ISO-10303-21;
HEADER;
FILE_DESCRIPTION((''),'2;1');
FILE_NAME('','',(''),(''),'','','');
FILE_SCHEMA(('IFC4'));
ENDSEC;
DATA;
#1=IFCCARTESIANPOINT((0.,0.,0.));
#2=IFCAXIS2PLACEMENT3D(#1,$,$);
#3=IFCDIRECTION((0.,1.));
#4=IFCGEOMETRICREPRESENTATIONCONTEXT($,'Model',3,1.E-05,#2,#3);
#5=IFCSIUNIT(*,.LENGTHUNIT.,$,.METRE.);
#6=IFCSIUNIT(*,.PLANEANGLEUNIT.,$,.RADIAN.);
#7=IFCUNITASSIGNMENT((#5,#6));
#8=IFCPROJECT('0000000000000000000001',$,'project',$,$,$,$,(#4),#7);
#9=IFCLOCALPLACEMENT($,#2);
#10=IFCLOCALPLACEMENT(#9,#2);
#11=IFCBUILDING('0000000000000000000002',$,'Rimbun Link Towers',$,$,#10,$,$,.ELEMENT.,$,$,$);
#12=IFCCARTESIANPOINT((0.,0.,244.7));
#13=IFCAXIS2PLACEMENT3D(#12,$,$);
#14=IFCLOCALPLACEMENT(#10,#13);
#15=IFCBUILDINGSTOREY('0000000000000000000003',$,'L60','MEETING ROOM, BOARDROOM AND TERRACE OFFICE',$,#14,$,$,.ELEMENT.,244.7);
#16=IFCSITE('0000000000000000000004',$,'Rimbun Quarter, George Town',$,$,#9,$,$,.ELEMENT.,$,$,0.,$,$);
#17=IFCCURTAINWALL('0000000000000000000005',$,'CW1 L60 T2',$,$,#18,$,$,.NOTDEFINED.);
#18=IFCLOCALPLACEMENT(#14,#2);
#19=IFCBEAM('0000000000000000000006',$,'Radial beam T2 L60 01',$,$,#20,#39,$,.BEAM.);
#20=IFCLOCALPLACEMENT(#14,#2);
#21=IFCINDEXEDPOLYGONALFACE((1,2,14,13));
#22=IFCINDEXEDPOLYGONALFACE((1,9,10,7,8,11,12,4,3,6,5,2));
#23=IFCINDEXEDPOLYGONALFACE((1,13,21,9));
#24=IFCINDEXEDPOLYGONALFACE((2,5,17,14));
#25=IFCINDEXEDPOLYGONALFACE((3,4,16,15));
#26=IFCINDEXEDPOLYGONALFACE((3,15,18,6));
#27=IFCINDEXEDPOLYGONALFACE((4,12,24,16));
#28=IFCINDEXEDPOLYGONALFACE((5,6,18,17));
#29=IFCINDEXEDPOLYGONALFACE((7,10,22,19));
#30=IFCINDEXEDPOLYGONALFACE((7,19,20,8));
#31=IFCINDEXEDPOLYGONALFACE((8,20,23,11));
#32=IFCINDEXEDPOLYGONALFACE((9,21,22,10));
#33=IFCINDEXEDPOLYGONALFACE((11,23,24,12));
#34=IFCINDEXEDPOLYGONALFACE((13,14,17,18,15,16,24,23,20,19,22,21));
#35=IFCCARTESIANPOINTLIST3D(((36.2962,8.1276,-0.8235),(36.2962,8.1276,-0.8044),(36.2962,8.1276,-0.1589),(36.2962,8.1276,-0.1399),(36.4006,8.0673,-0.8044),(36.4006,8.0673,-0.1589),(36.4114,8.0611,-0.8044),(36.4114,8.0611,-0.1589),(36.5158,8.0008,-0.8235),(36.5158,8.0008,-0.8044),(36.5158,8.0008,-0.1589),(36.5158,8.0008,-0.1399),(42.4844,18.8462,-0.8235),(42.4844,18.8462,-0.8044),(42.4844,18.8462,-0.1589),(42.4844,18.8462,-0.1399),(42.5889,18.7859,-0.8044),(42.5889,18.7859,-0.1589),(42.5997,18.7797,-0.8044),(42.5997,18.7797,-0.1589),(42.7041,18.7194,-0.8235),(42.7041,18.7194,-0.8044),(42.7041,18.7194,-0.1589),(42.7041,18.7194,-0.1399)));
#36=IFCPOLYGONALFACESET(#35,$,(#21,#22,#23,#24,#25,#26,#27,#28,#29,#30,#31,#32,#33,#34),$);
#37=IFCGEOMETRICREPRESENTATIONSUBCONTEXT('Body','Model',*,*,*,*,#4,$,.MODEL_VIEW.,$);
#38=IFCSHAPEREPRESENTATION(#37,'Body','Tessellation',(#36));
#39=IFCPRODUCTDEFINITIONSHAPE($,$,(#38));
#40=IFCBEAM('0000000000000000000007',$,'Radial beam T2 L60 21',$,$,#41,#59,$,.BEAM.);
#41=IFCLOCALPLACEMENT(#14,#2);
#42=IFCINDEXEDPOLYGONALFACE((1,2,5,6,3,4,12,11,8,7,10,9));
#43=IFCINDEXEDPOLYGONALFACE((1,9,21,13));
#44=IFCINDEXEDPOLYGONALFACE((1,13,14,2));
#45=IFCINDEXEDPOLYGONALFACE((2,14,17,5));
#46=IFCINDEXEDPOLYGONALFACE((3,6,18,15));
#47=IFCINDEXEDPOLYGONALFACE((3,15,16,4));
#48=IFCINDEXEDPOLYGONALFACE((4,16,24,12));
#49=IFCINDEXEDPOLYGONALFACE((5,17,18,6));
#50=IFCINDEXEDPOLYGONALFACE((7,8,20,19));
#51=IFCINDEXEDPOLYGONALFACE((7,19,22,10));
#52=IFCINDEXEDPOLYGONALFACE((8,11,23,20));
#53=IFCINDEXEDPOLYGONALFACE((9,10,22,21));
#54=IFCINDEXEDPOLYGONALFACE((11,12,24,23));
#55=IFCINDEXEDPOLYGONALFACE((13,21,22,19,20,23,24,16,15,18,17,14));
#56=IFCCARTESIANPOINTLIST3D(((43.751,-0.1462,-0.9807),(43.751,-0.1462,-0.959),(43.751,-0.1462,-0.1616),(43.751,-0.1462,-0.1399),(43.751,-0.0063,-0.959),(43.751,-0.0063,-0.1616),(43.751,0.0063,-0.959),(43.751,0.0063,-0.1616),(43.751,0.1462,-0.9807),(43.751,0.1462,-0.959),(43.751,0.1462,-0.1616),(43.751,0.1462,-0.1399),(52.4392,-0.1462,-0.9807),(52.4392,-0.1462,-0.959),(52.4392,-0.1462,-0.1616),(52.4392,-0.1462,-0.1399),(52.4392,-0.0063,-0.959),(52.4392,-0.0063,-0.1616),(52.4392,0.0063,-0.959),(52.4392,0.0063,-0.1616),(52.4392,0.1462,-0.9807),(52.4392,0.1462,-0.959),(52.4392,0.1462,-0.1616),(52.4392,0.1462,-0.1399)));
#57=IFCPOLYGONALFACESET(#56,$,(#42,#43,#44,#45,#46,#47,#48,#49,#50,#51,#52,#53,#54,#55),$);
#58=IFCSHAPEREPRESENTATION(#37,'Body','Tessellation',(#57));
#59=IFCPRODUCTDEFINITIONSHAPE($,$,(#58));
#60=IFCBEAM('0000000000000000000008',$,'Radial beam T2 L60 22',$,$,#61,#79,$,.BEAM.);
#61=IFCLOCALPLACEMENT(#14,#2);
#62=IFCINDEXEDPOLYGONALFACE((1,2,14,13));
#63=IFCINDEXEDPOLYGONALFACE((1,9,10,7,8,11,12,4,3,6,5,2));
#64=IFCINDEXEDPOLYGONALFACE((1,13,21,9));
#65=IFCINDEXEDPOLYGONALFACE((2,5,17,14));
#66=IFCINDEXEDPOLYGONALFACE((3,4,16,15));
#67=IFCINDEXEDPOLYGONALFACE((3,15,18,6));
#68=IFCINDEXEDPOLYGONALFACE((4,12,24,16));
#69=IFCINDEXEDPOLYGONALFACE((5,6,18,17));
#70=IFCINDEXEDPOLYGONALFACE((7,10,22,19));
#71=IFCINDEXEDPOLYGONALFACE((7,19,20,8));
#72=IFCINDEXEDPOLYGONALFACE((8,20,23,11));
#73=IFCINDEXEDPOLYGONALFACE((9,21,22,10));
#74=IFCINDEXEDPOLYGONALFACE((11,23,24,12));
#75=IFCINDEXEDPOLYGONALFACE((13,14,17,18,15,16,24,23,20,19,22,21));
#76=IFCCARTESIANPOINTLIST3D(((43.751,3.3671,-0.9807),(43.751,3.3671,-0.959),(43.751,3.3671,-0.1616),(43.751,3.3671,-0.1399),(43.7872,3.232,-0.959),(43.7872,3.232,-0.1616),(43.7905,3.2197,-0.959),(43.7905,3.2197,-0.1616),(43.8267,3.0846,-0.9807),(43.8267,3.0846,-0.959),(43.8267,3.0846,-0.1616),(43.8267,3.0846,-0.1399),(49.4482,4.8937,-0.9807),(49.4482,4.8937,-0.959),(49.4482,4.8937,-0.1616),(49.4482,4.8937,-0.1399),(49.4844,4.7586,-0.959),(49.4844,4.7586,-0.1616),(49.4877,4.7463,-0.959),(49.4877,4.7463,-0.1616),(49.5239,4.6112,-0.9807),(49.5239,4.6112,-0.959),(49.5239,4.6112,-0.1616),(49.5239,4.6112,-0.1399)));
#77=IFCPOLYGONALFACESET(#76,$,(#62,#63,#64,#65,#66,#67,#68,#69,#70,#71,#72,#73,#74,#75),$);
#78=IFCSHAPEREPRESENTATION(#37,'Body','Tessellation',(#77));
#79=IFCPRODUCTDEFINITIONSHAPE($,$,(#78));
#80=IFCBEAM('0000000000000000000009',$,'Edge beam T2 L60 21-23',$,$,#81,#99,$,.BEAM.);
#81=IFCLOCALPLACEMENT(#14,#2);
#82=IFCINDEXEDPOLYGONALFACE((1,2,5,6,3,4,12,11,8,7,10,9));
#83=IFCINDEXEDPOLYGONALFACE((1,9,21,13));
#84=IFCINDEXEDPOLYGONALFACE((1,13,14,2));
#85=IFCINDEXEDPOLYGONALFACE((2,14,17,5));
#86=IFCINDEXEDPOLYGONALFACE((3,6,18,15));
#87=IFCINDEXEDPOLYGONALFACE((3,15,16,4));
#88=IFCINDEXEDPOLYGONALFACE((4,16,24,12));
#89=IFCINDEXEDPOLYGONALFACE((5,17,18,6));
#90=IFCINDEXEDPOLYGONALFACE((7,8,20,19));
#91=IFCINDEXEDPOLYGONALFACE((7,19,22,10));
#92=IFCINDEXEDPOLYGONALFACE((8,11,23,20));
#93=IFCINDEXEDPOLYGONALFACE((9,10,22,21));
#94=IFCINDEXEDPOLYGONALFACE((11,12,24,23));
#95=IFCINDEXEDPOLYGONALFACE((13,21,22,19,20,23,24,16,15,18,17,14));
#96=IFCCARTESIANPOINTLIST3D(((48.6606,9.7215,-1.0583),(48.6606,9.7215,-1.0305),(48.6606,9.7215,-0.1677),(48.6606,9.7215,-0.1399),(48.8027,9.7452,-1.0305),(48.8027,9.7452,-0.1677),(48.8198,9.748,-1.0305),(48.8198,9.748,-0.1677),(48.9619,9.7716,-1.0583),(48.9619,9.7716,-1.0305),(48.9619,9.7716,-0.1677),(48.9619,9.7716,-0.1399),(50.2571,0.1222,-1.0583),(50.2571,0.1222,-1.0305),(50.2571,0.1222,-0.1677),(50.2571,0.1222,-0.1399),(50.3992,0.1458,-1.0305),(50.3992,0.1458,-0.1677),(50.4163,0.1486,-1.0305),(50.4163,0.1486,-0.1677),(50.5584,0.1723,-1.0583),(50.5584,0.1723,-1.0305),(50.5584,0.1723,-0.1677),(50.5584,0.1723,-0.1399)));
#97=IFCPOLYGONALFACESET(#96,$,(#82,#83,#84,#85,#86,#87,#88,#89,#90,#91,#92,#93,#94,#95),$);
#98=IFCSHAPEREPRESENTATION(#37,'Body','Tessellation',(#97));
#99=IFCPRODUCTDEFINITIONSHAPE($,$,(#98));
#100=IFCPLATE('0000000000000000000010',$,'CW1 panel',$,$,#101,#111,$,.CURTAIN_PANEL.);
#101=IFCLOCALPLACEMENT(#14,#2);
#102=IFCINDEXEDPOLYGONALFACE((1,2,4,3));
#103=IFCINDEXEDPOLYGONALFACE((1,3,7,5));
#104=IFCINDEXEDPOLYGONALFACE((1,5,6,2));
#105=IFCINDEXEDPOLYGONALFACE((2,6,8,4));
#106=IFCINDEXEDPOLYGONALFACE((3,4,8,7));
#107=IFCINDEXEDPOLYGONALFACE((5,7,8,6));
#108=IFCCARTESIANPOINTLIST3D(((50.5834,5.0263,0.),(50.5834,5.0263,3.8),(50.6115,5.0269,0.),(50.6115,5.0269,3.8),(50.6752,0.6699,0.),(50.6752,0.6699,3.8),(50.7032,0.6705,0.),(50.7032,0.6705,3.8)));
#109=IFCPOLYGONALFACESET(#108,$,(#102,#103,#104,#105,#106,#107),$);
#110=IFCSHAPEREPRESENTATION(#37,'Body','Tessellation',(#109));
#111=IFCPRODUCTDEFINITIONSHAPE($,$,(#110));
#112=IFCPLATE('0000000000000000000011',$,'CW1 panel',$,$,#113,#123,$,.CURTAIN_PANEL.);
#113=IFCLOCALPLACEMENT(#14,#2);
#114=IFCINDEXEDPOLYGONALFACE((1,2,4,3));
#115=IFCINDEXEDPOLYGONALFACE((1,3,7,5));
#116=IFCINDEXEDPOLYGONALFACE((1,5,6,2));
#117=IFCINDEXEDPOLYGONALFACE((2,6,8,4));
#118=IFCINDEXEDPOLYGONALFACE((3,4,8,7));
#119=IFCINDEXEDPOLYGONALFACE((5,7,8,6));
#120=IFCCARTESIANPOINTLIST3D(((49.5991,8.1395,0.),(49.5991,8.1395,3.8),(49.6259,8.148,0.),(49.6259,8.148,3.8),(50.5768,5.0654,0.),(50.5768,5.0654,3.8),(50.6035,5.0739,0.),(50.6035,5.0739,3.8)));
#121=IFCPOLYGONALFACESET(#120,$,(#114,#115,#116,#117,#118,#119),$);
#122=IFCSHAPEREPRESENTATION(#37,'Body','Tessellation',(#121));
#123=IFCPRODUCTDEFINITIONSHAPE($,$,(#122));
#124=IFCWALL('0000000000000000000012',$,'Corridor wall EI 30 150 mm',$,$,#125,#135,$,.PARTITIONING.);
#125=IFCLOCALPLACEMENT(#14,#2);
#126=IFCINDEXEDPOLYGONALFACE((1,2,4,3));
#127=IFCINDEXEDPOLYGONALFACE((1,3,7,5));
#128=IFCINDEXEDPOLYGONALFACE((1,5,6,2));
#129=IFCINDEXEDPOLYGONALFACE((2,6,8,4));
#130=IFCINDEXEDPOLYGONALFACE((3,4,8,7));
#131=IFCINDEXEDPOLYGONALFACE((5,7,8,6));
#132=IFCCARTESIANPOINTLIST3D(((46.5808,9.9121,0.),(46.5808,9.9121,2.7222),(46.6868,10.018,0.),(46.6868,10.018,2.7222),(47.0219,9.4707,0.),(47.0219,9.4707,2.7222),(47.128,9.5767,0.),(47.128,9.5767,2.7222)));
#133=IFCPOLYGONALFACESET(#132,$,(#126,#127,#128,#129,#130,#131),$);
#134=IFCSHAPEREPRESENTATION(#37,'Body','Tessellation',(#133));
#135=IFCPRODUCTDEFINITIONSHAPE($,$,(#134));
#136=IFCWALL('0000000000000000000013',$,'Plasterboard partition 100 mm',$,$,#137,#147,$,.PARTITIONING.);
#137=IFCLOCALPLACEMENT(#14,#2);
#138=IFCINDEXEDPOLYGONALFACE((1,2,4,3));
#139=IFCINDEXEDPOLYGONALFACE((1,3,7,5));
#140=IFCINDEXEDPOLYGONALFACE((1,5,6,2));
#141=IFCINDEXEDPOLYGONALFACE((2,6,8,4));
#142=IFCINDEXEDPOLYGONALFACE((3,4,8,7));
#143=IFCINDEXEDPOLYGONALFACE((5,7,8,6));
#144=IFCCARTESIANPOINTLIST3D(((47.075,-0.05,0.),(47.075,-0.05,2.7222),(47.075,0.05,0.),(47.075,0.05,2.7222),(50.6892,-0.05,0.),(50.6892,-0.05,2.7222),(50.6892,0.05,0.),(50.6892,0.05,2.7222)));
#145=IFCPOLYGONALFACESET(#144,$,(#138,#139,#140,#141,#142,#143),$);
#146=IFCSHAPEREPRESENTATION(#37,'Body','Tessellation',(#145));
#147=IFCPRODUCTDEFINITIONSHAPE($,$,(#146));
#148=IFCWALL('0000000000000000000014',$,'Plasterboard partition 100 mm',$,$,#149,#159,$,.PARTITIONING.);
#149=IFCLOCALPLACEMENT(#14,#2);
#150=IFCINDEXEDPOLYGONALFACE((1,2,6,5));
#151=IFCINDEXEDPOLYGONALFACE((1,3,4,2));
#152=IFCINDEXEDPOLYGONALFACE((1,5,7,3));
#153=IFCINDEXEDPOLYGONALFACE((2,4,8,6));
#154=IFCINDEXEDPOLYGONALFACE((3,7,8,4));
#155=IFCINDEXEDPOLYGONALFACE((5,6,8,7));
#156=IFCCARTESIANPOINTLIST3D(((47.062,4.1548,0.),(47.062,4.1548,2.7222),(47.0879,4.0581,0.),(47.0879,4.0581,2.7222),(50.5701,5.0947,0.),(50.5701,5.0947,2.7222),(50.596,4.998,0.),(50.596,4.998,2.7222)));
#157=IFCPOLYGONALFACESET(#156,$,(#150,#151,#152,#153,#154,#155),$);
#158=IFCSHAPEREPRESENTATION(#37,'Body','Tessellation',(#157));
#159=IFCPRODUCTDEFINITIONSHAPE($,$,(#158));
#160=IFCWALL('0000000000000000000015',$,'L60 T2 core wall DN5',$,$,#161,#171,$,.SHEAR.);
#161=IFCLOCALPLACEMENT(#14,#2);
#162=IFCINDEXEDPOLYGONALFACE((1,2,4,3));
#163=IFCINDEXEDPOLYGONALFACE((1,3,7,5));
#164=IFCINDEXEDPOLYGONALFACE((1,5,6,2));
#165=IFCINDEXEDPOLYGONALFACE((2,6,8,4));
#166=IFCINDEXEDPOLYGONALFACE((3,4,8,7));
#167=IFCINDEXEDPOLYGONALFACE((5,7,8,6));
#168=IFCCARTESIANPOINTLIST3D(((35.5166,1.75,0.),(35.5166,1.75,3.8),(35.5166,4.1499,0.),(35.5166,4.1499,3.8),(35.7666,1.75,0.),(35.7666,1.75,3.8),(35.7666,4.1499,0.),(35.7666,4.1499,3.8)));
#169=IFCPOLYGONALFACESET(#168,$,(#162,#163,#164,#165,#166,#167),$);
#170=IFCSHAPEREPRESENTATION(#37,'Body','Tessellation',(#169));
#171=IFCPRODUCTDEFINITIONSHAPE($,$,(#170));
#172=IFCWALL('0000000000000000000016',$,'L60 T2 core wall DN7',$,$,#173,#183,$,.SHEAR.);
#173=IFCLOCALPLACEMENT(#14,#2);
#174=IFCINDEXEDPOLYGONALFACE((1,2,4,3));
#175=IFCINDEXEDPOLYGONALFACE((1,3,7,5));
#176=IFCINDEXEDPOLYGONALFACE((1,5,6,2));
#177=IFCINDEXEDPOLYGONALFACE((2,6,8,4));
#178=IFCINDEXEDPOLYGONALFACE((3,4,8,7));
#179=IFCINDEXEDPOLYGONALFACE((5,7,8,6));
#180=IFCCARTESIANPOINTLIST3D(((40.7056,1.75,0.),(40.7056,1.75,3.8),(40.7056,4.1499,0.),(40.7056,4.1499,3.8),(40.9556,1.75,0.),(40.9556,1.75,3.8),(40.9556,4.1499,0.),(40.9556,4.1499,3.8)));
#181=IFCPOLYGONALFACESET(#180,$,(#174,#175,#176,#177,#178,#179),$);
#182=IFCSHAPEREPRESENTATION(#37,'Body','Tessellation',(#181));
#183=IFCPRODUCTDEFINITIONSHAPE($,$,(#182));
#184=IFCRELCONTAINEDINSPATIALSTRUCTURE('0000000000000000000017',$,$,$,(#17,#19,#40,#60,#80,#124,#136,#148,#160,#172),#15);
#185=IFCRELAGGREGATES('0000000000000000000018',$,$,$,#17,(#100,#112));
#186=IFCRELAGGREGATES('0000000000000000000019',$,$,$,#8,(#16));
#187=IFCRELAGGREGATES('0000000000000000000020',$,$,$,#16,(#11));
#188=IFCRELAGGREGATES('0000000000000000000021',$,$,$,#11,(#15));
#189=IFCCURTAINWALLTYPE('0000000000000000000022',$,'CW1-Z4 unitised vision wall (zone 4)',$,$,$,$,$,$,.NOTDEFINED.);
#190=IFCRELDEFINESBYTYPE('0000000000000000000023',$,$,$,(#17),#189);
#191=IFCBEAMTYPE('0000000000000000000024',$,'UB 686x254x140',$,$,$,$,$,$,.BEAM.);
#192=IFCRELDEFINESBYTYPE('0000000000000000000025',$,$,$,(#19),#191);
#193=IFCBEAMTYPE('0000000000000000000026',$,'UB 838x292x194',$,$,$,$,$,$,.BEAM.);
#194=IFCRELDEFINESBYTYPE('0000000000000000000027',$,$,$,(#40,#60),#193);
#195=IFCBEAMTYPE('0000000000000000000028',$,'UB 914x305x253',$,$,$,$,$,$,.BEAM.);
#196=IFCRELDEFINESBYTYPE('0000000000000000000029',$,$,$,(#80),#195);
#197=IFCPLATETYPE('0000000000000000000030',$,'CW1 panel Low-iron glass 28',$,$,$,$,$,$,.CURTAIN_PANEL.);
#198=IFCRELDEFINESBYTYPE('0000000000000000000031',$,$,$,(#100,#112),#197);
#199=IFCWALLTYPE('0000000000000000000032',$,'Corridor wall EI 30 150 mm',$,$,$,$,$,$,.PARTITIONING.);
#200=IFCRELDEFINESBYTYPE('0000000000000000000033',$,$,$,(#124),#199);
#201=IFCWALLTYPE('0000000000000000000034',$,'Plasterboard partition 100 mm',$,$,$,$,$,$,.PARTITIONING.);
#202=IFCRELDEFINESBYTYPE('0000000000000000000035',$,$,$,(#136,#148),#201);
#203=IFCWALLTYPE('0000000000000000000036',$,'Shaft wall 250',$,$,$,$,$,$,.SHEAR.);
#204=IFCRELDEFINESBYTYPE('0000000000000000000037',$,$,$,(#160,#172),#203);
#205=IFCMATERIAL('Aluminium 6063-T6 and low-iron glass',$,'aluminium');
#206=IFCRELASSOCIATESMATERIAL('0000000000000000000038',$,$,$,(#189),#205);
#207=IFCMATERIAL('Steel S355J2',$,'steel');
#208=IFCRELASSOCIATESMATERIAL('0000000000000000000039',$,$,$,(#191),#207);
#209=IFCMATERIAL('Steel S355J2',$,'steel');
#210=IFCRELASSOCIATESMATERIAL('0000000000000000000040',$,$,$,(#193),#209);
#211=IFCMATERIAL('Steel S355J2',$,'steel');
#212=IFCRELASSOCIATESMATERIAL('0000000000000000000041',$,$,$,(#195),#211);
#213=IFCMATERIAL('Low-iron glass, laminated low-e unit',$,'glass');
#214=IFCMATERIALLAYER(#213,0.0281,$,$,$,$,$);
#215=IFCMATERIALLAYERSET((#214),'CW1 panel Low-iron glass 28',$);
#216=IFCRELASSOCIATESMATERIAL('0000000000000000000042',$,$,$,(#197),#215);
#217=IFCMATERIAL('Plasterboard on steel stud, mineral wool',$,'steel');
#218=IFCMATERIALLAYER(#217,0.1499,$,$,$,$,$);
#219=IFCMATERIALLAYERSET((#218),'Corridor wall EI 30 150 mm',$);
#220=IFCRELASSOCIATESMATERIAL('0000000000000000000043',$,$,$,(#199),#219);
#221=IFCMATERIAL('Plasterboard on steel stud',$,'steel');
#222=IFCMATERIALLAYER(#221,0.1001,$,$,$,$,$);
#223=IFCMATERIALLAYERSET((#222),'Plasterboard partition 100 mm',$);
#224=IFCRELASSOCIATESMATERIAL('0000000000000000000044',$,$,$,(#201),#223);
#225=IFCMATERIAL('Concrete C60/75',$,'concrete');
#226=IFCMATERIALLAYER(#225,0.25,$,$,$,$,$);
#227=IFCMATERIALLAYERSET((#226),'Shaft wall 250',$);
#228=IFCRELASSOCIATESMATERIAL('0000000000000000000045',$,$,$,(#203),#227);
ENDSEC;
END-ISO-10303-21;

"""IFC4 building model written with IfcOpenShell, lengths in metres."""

from ifc_helpers import new_model, si_unit, direction, frame, frame_2d, origin, origin_2d, place, context, subcontext, project, spatial, rectangle, i_section, extrude, material, layer, layer_set, material_profile, profile_set, type_object, element, aggregate, save


model = new_model("IFC4")

# Units and contexts
model_context = context("Model", 3, precision=1e-05, world=origin(), true_north=direction((0.0, 1.0)))
body_context = subcontext(model_context, "Body", "Model", "MODEL_VIEW")
ifc_project = project(units=[si_unit("LENGTHUNIT", "METRE"), si_unit("PLANEANGLEUNIT", "RADIAN")], contexts=[model_context])

# Site, building, storey
site_placement = place(None, origin())
site = spatial("IfcSite", under=ifc_project, at=site_placement, Name="Rimbun Quarter, George Town", CompositionType="ELEMENT", RefElevation=0.0)
building_placement = place(site_placement, origin())
building = spatial("IfcBuilding", under=site, at=building_placement, Name="Rimbun Link Towers", CompositionType="ELEMENT")
storey_placement = place(building_placement, frame((0.0, 0.0, 244.7)))
storey = spatial("IfcBuildingStorey", under=building, at=storey_placement, Name="L60", Description="MEETING ROOM, BOARDROOM AND TERRACE OFFICE", CompositionType="ELEMENT", Elevation=244.7)

# Curtain wall
ifc_material_1 = material(Name="Aluminium 6063-T6 and low-iron glass", Category="aluminium")
curtain_wall_type = type_object("IfcCurtainWallType", Name="CW1-Z4 unitised vision wall (zone 4)", PredefinedType="NOTDEFINED", material=ifc_material_1)
curtain_wall_placement = place(storey_placement, origin())
curtain_wall = element("IfcCurtainWall", 1, at=curtain_wall_placement, inside=storey, type_object=curtain_wall_type, Name="CW1 L60 T2", PredefinedType="NOTDEFINED")

# Beams
ifc_material_2 = material(Name="Steel S355J2", Category="steel")
ifc_material_profile_1 = material_profile(ifc_material_2, i_section(OverallWidth=0.2537, OverallDepth=0.6836, WebThickness=0.0125, FlangeThickness=0.019, at=origin_2d()), Name="UB 686x254x140")
ifc_profile_set_1 = profile_set([ifc_material_profile_1], Name="Steel S355J2")
beam_type_1 = type_object("IfcBeamType", Name="UB 686x254x140", PredefinedType="BEAM", material=ifc_profile_set_1)
beam_1_placement = place(storey_placement, frame((36.406, 8.0642, -0.4817), z_axis=(0.499994, 0.866029, 0.0), x_axis=(-0.866029, 0.499994, 0.0)))
element("IfcBeam", 2, at=beam_1_placement, inside=storey, type_object=beam_type_1, Name="Radial beam T2 L60 01", PredefinedType="BEAM", context=body_context, shape_type="SweptSolid", body=[
    extrude(i_section(OverallWidth=0.2537, OverallDepth=0.6836, WebThickness=0.0125, FlangeThickness=0.019, at=origin_2d()), origin(), (0.0, 0.0, 1.0), 12.3767),
])
ifc_material_3 = material(Name="Steel S355J2", Category="steel")
ifc_material_profile_2 = material_profile(ifc_material_3, i_section(OverallWidth=0.2925, OverallDepth=0.8408, WebThickness=0.0127, FlangeThickness=0.0217, at=origin_2d()), Name="UB 838x292x194")
ifc_profile_set_2 = profile_set([ifc_material_profile_2], Name="Steel S355J2")
beam_type_2 = type_object("IfcBeamType", Name="UB 838x292x194", PredefinedType="BEAM", material=ifc_profile_set_2)
beam_2_placement = place(storey_placement, frame((43.751, 0.0, -0.5603), z_axis=(1.0, 0.0, 0.0), x_axis=(0.0, 1.0, 0.0)))
element("IfcBeam", 3, at=beam_2_placement, inside=storey, type_object=beam_type_2, Name="Radial beam T2 L60 21", PredefinedType="BEAM", context=body_context, shape_type="SweptSolid", body=[
    extrude(i_section(OverallWidth=0.2925, OverallDepth=0.8408, WebThickness=0.0127, FlangeThickness=0.0217, at=origin_2d()), origin(), (0.0, 0.0, 1.0), 8.6882),
])
beam_3_placement = place(storey_placement, frame((43.7888, 3.2258, -0.5603), z_axis=(0.965924, 0.258824, 0.0), x_axis=(-0.258824, 0.965924, 0.0)))
element("IfcBeam", 4, at=beam_3_placement, inside=storey, type_object=beam_type_2, Name="Radial beam T2 L60 22", PredefinedType="BEAM", context=body_context, shape_type="SweptSolid", body=[
    extrude(i_section(OverallWidth=0.2925, OverallDepth=0.8408, WebThickness=0.0127, FlangeThickness=0.0217, at=origin_2d()), origin(), (0.0, 0.0, 1.0), 5.8982),
])
ifc_material_4 = material(Name="Steel S355J2", Category="steel")
ifc_material_profile_3 = material_profile(ifc_material_4, i_section(OverallWidth=0.3054, OverallDepth=0.9185, WebThickness=0.0173, FlangeThickness=0.0278, at=origin_2d()), Name="UB 914x305x253")
ifc_profile_set_3 = profile_set([ifc_material_profile_3], Name="Steel S355J2")
beam_type_3 = type_object("IfcBeamType", Name="UB 914x305x253", PredefinedType="BEAM", material=ifc_profile_set_3)
beam_4_placement = place(storey_placement, frame((50.4077, 0.1472, -0.5991), z_axis=(-0.164053, 0.986451, 0.0), x_axis=(-0.986451, -0.164053, 0.0)))
element("IfcBeam", 5, at=beam_4_placement, inside=storey, type_object=beam_type_3, Name="Edge beam T2 L60 21-23", PredefinedType="BEAM", context=body_context, shape_type="SweptSolid", body=[
    extrude(i_section(OverallWidth=0.3054, OverallDepth=0.9185, WebThickness=0.0173, FlangeThickness=0.0278, at=origin_2d()), origin(), (0.0, 0.0, 1.0), 9.7312),
])

# Plates
ifc_material_5 = material(Name="Low-iron glass, laminated low-e unit", Category="glass")
ifc_layer_1 = layer(ifc_material_5, 0.0281)
ifc_layer_set_1 = layer_set([ifc_layer_1], Name="CW1 panel Low-iron glass 28")
plate_type = type_object("IfcPlateType", Name="CW1 panel Low-iron glass 28", PredefinedType="CURTAIN_PANEL", material=ifc_layer_set_1)
plate_1_placement = place(storey_placement, frame((50.6433, 2.8484, 0.0), z_axis=(0.0, 0.0, 1.0), x_axis=(0.02106, -0.999778, 0.0)))
plate_1 = element("IfcPlate", 6, at=plate_1_placement, type_object=plate_type, Name="CW1 panel", PredefinedType="CURTAIN_PANEL", context=body_context, shape_type="SweptSolid", body=[
    extrude(rectangle(XDim=4.3574, YDim=0.0281, at=origin_2d()), origin(), (0.0, 0.0, 1.0), 3.8),
])
plate_2_placement = place(storey_placement, frame((50.1013, 6.6067, 0.0), z_axis=(0.0, 0.0, 1.0), x_axis=(0.303061, -0.952971, 0.0)))
plate_2 = element("IfcPlate", 7, at=plate_2_placement, type_object=plate_type, Name="CW1 panel", PredefinedType="CURTAIN_PANEL", context=body_context, shape_type="SweptSolid", body=[
    extrude(rectangle(XDim=3.2258, YDim=0.0281, at=origin_2d()), origin(), (0.0, 0.0, 1.0), 3.8),
])
aggregate(curtain_wall, [plate_1, plate_2])

# Walls
ifc_material_6 = material(Name="Plasterboard on steel stud, mineral wool", Category="steel")
ifc_layer_2 = layer(ifc_material_6, 0.1499)
ifc_layer_set_2 = layer_set([ifc_layer_2], Name="Corridor wall EI 30 150 mm")
wall_type_1 = type_object("IfcWallType", Name="Corridor wall EI 30 150 mm", PredefinedType="PARTITIONING", material=ifc_layer_set_2)
wall_1_placement = place(storey_placement, frame((47.075, 9.5237, 0.0), z_axis=(0.0, 0.0, 1.0), x_axis=(-0.706911, 0.707302, 0.0)))
element("IfcWall", 8, at=wall_1_placement, inside=storey, type_object=wall_type_1, Name="Corridor wall EI 30 150 mm", PredefinedType="PARTITIONING", context=body_context, shape_type="SweptSolid", body=[
    extrude(rectangle(XDim=0.624, YDim=0.1499, at=frame_2d((0.312, 0.0))), origin(), (0.0, 0.0, 1.0), 2.7222),
])
ifc_material_7 = material(Name="Plasterboard on steel stud", Category="steel")
ifc_layer_3 = layer(ifc_material_7, 0.1001)
ifc_layer_set_3 = layer_set([ifc_layer_3], Name="Plasterboard partition 100 mm")
wall_type_2 = type_object("IfcWallType", Name="Plasterboard partition 100 mm", PredefinedType="PARTITIONING", material=ifc_layer_set_3)
wall_2_placement = place(storey_placement, frame((50.6892, 0.0, 0.0), z_axis=(0.0, 0.0, 1.0), x_axis=(-1.0, 0.0, 0.0)))
element("IfcWall", 9, at=wall_2_placement, inside=storey, type_object=wall_type_2, Name="Plasterboard partition 100 mm", PredefinedType="PARTITIONING", context=body_context, shape_type="SweptSolid", body=[
    extrude(rectangle(XDim=3.6143, YDim=0.1001, at=frame_2d((1.8071, 0.0))), origin(), (0.0, 0.0, 1.0), 2.7222),
])
wall_3_placement = place(storey_placement, frame((50.583, 5.0464, 0.0), z_axis=(0.0, 0.0, 1.0), x_axis=(-0.965929, -0.258809, 0.0)))
element("IfcWall", 10, at=wall_3_placement, inside=storey, type_object=wall_type_2, Name="Plasterboard partition 100 mm", PredefinedType="PARTITIONING", context=body_context, shape_type="SweptSolid", body=[
    extrude(rectangle(XDim=3.6318, YDim=0.1001, at=frame_2d((1.8159, 0.0))), origin(), (0.0, 0.0, 1.0), 2.7222),
])
ifc_material_8 = material(Name="Concrete C60/75", Category="concrete")
ifc_layer_4 = layer(ifc_material_8, 0.25)
ifc_layer_set_4 = layer_set([ifc_layer_4], Name="Shaft wall 250")
wall_type_3 = type_object("IfcWallType", Name="Shaft wall 250", PredefinedType="SHEAR", material=ifc_layer_set_4)
for number, where, z_axis, x_axis, name in (
    (11, (35.6416, 1.75, 0.0), (0.0, 0.0, 1.0), (0.0, 1.0, 0.0), "L60 T2 core wall DN5"),
    (12, (40.8306, 1.75, 0.0), (0.0, 0.0, 1.0), (0.0, 1.0, 0.0), "L60 T2 core wall DN7"),
):
    element("IfcWall", number, at=place(storey_placement, frame(where, z_axis=z_axis, x_axis=x_axis)), inside=storey, type_object=wall_type_3, Name=name, PredefinedType="SHEAR", context=body_context, shape_type="SweptSolid", body=[
        extrude(rectangle(XDim=2.3999, YDim=0.25, at=frame_2d((1.2, 0.0))), origin(), (0.0, 0.0, 1.0), 3.8),
    ])

save(model, "model.ifc")
